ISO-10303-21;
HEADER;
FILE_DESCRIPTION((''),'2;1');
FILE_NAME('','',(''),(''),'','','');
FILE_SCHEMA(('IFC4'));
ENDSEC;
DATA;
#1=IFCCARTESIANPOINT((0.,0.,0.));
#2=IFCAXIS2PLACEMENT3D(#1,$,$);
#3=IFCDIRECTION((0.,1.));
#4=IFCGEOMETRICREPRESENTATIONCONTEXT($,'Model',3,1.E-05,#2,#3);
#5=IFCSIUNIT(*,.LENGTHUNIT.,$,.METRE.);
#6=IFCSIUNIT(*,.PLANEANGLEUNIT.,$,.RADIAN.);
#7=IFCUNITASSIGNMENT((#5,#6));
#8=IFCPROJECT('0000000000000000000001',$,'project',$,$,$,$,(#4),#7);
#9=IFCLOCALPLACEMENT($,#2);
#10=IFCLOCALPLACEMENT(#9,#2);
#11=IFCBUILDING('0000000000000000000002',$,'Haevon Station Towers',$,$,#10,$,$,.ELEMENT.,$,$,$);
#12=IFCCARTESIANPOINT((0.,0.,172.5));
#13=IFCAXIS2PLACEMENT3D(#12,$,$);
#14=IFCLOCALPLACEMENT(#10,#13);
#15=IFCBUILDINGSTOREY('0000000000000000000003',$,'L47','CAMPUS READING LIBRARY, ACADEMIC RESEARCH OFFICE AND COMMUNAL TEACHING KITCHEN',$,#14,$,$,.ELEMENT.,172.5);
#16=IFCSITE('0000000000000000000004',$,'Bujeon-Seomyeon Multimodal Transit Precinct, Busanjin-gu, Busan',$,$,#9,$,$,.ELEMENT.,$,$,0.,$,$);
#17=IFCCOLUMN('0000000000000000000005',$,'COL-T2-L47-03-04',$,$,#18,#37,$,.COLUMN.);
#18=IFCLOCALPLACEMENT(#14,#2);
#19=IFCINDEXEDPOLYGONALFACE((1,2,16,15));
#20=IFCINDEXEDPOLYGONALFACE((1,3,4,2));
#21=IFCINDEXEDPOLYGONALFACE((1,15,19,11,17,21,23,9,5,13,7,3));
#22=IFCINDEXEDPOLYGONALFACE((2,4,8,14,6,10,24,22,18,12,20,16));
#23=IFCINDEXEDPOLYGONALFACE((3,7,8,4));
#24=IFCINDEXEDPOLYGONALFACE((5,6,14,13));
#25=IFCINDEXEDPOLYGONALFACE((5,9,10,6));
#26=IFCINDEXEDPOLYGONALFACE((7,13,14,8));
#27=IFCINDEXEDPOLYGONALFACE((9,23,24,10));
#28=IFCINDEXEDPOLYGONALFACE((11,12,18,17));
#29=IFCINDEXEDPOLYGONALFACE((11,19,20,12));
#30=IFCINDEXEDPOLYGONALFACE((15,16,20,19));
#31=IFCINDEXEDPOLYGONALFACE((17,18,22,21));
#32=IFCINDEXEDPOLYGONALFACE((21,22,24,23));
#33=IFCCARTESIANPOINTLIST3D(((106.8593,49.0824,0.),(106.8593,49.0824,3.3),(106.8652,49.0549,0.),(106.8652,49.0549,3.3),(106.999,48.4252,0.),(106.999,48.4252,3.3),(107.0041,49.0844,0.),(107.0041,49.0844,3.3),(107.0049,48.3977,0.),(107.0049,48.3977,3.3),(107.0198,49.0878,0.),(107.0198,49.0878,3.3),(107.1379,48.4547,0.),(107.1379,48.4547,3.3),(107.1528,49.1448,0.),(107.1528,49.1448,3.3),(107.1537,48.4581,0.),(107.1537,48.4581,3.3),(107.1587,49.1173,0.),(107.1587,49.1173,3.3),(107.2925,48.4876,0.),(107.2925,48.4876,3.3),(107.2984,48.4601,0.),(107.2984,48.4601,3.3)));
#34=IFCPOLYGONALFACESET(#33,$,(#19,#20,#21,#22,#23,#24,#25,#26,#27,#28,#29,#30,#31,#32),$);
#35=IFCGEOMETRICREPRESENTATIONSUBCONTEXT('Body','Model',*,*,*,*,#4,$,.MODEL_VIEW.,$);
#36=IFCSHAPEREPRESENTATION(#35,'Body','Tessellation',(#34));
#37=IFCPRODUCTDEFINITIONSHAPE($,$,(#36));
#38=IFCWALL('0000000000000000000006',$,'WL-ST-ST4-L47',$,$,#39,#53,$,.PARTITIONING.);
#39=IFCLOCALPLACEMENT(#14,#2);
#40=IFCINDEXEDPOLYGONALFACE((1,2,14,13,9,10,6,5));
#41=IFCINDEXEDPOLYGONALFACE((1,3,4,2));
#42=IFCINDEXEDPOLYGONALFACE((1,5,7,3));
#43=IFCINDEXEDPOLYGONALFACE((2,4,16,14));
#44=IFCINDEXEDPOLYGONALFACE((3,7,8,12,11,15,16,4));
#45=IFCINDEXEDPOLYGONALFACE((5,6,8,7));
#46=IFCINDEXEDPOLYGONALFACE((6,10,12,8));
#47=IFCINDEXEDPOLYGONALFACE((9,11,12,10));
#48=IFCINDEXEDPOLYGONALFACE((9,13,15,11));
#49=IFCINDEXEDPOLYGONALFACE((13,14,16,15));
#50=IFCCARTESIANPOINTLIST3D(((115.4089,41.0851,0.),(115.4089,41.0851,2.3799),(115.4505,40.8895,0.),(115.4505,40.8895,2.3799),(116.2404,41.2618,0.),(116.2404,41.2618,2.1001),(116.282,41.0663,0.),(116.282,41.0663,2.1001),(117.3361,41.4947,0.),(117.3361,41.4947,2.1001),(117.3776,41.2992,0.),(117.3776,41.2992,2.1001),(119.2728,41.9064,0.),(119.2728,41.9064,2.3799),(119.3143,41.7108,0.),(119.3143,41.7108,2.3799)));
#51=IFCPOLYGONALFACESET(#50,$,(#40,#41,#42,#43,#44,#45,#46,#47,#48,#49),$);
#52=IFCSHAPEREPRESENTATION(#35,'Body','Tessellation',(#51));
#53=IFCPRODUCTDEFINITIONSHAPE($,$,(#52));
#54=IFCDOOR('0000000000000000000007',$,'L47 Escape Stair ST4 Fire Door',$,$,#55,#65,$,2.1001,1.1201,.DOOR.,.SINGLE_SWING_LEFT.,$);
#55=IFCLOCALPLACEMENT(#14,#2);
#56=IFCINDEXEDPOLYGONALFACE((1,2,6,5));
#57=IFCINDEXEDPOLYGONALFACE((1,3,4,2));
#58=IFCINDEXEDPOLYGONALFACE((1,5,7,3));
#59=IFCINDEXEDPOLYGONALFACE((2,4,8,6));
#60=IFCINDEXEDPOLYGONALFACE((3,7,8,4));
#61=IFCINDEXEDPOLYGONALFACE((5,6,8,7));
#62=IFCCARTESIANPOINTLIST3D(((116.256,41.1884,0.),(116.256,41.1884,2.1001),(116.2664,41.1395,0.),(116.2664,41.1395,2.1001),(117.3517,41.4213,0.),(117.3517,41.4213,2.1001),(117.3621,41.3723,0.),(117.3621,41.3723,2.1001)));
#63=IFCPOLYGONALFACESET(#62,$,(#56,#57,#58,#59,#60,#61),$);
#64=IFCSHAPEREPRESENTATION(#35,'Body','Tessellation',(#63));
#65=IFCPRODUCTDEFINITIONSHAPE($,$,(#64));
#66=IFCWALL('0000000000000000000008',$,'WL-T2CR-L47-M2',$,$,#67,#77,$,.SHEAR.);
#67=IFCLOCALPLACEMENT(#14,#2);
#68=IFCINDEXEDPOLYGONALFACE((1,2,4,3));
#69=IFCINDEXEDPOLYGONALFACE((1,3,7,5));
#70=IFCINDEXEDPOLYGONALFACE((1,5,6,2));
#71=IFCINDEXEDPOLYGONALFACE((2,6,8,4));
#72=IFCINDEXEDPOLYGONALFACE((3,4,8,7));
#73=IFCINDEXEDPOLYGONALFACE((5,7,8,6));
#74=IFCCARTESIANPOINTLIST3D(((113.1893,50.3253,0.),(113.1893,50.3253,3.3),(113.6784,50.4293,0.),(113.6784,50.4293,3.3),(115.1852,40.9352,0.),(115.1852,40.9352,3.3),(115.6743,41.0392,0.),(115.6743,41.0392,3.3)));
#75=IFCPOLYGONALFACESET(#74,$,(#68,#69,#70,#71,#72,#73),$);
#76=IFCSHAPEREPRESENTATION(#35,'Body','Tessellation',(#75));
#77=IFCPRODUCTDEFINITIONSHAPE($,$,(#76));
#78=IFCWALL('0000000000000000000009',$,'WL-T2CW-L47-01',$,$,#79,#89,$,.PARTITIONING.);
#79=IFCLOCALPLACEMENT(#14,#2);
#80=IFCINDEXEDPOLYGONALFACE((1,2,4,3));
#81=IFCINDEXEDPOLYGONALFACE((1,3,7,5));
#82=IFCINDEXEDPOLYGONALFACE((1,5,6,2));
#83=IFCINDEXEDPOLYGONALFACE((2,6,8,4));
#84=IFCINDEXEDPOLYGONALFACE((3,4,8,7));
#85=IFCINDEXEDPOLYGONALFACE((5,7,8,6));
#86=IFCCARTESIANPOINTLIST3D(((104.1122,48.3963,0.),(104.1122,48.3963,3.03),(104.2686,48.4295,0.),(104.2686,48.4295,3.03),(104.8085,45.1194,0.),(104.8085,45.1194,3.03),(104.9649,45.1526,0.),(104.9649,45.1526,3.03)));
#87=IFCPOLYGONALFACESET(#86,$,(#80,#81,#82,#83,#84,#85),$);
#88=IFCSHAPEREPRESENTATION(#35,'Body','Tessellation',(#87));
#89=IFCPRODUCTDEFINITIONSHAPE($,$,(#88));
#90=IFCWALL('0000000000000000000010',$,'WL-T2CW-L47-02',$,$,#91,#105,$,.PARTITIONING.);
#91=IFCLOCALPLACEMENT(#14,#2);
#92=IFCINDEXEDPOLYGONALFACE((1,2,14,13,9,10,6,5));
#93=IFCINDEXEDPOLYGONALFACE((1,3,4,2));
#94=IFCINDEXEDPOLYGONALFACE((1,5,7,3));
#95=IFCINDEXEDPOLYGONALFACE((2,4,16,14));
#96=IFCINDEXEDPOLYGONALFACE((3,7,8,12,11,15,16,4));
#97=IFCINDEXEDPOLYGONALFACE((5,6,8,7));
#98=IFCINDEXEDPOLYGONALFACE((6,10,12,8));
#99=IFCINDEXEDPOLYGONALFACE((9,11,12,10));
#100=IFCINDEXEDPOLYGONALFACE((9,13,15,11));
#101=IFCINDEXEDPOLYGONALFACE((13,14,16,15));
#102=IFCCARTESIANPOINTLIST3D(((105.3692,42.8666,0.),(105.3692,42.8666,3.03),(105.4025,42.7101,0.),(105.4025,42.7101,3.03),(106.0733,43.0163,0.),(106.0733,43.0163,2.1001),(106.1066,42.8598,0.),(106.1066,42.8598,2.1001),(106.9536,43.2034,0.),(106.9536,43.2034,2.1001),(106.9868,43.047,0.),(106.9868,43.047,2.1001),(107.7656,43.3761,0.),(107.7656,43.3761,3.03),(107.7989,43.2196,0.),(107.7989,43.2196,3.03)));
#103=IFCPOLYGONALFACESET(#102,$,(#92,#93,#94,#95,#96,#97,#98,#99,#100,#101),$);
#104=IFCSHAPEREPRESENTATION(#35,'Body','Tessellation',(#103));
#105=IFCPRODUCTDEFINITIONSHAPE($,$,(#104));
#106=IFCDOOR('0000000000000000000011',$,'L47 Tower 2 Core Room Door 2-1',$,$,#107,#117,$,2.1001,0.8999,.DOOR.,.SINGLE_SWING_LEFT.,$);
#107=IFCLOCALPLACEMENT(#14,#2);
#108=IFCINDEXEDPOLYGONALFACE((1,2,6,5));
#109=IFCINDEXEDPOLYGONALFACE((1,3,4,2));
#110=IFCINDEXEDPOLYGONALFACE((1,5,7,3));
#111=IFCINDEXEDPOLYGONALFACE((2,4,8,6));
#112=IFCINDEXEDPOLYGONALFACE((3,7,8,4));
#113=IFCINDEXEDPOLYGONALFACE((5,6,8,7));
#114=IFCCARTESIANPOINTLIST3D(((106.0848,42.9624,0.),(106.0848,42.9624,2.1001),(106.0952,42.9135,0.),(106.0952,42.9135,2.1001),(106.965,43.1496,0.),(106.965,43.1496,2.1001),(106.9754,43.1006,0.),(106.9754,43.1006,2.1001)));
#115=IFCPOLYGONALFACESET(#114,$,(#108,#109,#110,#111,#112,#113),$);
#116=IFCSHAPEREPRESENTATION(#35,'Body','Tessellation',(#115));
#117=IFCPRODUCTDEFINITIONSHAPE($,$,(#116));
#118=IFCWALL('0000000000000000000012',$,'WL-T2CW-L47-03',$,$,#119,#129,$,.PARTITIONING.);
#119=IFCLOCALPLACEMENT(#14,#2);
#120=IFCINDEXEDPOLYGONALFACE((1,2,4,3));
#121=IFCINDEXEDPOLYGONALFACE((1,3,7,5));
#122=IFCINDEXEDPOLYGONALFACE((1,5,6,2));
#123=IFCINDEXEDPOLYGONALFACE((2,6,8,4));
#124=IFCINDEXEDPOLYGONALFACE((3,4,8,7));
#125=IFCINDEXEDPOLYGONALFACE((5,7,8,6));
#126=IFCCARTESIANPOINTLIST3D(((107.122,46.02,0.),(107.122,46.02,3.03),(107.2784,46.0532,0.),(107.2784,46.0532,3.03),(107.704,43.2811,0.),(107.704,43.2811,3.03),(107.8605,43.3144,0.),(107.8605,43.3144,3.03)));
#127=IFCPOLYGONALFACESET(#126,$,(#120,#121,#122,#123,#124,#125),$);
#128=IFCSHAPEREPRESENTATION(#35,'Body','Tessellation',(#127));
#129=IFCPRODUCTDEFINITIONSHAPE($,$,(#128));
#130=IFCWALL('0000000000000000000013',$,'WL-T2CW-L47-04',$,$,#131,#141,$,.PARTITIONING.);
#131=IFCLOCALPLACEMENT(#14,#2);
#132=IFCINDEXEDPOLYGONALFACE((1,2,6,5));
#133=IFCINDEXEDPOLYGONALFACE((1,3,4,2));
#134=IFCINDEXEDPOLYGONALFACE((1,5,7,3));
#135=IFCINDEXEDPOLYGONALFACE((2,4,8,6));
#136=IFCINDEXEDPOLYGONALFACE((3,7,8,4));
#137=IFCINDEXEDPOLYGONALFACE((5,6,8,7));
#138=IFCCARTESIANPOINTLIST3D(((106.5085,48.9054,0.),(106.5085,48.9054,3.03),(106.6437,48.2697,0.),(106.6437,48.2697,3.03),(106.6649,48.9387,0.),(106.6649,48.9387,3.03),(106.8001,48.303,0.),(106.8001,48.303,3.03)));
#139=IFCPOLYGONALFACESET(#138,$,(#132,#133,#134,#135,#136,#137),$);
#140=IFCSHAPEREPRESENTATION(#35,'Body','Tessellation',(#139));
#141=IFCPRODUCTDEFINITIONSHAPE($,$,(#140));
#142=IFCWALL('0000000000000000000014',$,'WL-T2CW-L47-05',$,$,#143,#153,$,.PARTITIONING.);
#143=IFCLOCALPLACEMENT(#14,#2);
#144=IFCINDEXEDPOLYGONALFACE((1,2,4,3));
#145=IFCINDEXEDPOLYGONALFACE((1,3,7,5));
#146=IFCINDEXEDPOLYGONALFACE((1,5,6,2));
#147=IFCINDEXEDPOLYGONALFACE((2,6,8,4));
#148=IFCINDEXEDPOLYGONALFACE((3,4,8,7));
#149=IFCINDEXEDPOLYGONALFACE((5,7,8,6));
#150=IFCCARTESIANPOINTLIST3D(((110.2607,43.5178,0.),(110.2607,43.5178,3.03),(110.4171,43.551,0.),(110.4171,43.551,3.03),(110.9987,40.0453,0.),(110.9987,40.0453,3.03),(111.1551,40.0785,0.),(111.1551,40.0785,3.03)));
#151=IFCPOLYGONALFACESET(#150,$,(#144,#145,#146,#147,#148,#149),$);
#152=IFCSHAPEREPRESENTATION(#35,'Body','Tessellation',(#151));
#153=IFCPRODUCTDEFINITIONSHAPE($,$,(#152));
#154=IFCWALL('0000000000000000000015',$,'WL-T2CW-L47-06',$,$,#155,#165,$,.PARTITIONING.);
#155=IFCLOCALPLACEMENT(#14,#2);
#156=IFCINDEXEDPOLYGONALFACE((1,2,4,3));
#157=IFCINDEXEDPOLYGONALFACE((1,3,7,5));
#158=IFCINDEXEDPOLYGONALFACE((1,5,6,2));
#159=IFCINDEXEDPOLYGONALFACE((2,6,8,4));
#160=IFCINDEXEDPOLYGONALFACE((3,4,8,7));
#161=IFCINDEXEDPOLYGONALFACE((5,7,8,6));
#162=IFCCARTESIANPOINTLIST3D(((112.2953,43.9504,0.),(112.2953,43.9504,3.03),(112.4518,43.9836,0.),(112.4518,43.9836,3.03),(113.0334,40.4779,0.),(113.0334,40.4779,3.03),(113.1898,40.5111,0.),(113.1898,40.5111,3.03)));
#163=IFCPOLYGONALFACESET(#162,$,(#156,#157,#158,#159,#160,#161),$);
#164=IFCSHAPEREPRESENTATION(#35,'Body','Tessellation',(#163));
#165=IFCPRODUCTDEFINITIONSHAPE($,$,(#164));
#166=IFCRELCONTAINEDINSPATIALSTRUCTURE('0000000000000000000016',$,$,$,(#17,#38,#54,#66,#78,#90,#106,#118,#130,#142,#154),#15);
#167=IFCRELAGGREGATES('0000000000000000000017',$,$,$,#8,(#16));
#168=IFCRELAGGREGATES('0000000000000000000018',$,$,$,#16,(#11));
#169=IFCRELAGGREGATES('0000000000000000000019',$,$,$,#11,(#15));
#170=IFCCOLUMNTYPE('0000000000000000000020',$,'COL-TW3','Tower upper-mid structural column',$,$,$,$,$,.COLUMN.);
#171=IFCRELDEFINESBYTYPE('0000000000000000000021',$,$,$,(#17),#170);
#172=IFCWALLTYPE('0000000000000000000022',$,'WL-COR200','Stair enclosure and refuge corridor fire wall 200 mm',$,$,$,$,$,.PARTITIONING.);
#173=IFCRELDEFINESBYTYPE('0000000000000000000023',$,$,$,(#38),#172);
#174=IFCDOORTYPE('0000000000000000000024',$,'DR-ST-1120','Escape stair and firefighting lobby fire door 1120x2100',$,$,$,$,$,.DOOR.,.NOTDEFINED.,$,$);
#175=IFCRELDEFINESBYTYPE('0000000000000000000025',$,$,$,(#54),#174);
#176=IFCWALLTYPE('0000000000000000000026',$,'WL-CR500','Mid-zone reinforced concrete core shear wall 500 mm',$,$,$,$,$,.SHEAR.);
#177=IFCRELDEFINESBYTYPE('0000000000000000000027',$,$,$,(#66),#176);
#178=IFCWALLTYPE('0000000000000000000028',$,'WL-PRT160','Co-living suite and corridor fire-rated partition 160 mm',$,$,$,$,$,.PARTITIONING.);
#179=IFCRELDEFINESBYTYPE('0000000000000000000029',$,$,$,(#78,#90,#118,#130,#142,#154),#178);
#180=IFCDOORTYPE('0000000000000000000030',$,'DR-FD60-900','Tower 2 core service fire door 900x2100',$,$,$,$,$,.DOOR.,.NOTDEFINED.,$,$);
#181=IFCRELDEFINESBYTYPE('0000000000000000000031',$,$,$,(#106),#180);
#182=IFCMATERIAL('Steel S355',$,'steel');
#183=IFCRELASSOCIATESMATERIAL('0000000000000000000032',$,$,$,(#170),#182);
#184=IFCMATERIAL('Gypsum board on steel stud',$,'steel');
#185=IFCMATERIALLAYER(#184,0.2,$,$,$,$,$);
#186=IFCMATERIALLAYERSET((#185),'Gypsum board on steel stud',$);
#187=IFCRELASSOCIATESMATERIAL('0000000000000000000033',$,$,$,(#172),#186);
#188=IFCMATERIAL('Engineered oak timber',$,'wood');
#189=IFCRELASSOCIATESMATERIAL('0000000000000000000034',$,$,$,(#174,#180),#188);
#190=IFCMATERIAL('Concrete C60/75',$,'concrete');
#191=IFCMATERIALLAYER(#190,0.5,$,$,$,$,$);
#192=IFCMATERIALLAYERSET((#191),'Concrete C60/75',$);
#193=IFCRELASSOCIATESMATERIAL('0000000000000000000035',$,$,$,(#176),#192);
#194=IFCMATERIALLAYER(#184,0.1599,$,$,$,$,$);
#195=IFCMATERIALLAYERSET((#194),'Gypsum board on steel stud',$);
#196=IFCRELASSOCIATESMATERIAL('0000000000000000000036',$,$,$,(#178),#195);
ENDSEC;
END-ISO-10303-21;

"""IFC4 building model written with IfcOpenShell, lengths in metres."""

from ifc_helpers import new_model, si_unit, direction, frame, frame_2d, origin, origin_2d, place, context, subcontext, project, spatial, rectangle, i_section, extrude, material, layer, layer_set, material_profile, profile_set, type_object, element, fill, save


model = new_model("IFC4")

# Units and contexts
model_context = context("Model", 3, precision=1e-05, world=origin(), true_north=direction((0.0, 1.0)))
body_context = subcontext(model_context, "Body", "Model", "MODEL_VIEW")
ifc_project = project(units=[si_unit("LENGTHUNIT", "METRE"), si_unit("PLANEANGLEUNIT", "RADIAN")], contexts=[model_context])

# Site, building, storey
site_placement = place(None, origin())
site = spatial("IfcSite", under=ifc_project, at=site_placement, Name="Bujeon-Seomyeon Multimodal Transit Precinct, Busanjin-gu, Busan", CompositionType="ELEMENT", RefElevation=0.0)
building_placement = place(site_placement, origin())
building = spatial("IfcBuilding", under=site, at=building_placement, Name="Haevon Station Towers", CompositionType="ELEMENT")
storey_placement = place(building_placement, frame((0.0, 0.0, 172.5)))
storey = spatial("IfcBuildingStorey", under=building, at=storey_placement, Name="L47", Description="CAMPUS READING LIBRARY, ACADEMIC RESEARCH OFFICE AND COMMUNAL TEACHING KITCHEN", CompositionType="ELEMENT", Elevation=172.5)

# Column
ifc_material_1 = material(Name="Steel S355", Category="steel")
ifc_material_profile = material_profile(ifc_material_1, i_section(OverallWidth=0.3, OverallDepth=0.7, WebThickness=0.0161, FlangeThickness=0.0281, at=origin_2d()), Name="H-700x300x16x28")
ifc_profile_set = profile_set([ifc_material_profile], Name="Steel S355")
column_type = type_object("IfcColumnType", Name="COL-TW3", Description="Tower upper-mid structural column", PredefinedType="COLUMN", material=ifc_profile_set)
column_placement = place(storey_placement, frame((107.0789, 48.7712, 0.0), z_axis=(0.0, 0.0, 1.0), x_axis=(0.978148, 0.207912, 0.0)))
element("IfcColumn", 1, at=column_placement, inside=storey, type_object=column_type, Name="COL-T2-L47-03-04", PredefinedType="COLUMN", context=body_context, shape_type="SweptSolid", body=[
    extrude(i_section(OverallWidth=0.3, OverallDepth=0.7, WebThickness=0.0161, FlangeThickness=0.0281, at=origin_2d()), origin(), (0.0, 0.0, 1.0), 3.3),
])

# Wall, opening, door
ifc_material_2 = material(Name="Gypsum board on steel stud", Category="steel")
ifc_layer_1 = layer(ifc_material_2, 0.2)
ifc_layer_set_1 = layer_set([ifc_layer_1], Name="Gypsum board on steel stud")
wall_type_1 = type_object("IfcWallType", Name="WL-COR200", Description="Stair enclosure and refuge corridor fire wall 200 mm", PredefinedType="PARTITIONING", material=ifc_layer_set_1)
wall_1_placement = place(storey_placement, frame((115.4297, 40.9873, 0.0), z_axis=(0.0, 0.0, 1.0), x_axis=(0.978147, 0.207916, 0.0)))
wall_1 = element("IfcWall", 2, at=wall_1_placement, inside=storey, type_object=wall_type_1, Name="WL-ST-ST4-L47", PredefinedType="PARTITIONING", context=body_context, shape_type="SweptSolid", body=[
    extrude(rectangle(XDim=3.9502, YDim=0.2, at=frame_2d((1.9751, 0.0))), origin(), (0.0, 0.0, 1.0), 2.3799),
])
opening_1_placement = place(wall_1_placement, frame((0.8501, 0.0, 0.0)))
opening_1 = element("IfcOpeningElement", 3, at=opening_1_placement, cuts=wall_1, PredefinedType="OPENING", context=body_context, shape_type="SweptSolid", body=[
    extrude(rectangle(XDim=1.1201, YDim=2.1001, at=frame_2d((0.5601, 1.05))), frame((0.0, 0.1099, 0.0), z_axis=(0.0, -1.0, 0.0), x_axis=(1.0, 0.0, 0.0)), (0.0, 0.0, 1.0), 0.22),
])
ifc_material_3 = material(Name="Engineered oak timber", Category="wood")
door_type_1 = type_object("IfcDoorType", Name="DR-ST-1120", Description="Escape stair and firefighting lobby fire door 1120x2100", OperationType="NOTDEFINED", PredefinedType="DOOR", material=ifc_material_3)
door_1_placement = place(opening_1_placement, origin())
door_1 = element("IfcDoor", 4, at=door_1_placement, inside=storey, type_object=door_type_1, Name="L47 Escape Stair ST4 Fire Door", OperationType="SINGLE_SWING_LEFT", OverallHeight=2.1001, OverallWidth=1.1201, PredefinedType="DOOR", context=body_context, shape_type="SweptSolid", body=[
    extrude(rectangle(XDim=1.1201, YDim=2.1001, at=frame_2d((0.5601, 1.05))), frame((0.0, 0.0249, 0.0), z_axis=(0.0, -1.0, 0.0), x_axis=(1.0, 0.0, 0.0)), (0.0, 0.0, 1.0), 0.05),
])
fill(opening_1, door_1)

# Walls
ifc_material_4 = material(Name="Concrete C60/75", Category="concrete")
ifc_layer_2 = layer(ifc_material_4, 0.5)
ifc_layer_set_2 = layer_set([ifc_layer_2], Name="Concrete C60/75")
wall_type_2 = type_object("IfcWallType", Name="WL-CR500", Description="Mid-zone reinforced concrete core shear wall 500 mm", PredefinedType="SHEAR", material=ifc_layer_set_2)
wall_2_placement = place(storey_placement, frame((115.4297, 40.9873, 0.0), z_axis=(0.0, 0.0, 1.0), x_axis=(-0.207903, 0.978149, 0.0)))
element("IfcWall", 5, at=wall_2_placement, inside=storey, type_object=wall_type_2, Name="WL-T2CR-L47-M2", PredefinedType="SHEAR", context=body_context, shape_type="SweptSolid", body=[
    extrude(rectangle(XDim=9.5999, YDim=0.5, at=frame_2d((4.7998, 0.0))), origin(), (0.0, 0.0, 1.0), 3.3),
])
ifc_layer_3 = layer(ifc_material_2, 0.1599)
ifc_layer_set_3 = layer_set([ifc_layer_3], Name="Gypsum board on steel stud")
wall_type_3 = type_object("IfcWallType", Name="WL-PRT160", Description="Co-living suite and corridor fire-rated partition 160 mm", PredefinedType="PARTITIONING", material=ifc_layer_set_3)
wall_3_placement = place(storey_placement, frame((104.8867, 45.136, 0.0), z_axis=(0.0, 0.0, 1.0), x_axis=(-0.207847, 0.978161, 0.0)))
element("IfcWall", 6, at=wall_3_placement, inside=storey, type_object=wall_type_3, Name="WL-T2CW-L47-01", PredefinedType="PARTITIONING", context=body_context, shape_type="SweptSolid", body=[
    extrude(rectangle(XDim=3.3501, YDim=0.1599, at=frame_2d((1.675, 0.0))), origin(), (0.0, 0.0, 1.0), 3.03),
])

# Wall, opening, door
wall_4_placement = place(storey_placement, frame((105.3857, 42.7883, 0.0), z_axis=(0.0, 0.0, 1.0), x_axis=(0.978137, 0.207964, 0.0)))
wall_4 = element("IfcWall", 7, at=wall_4_placement, inside=storey, type_object=wall_type_3, Name="WL-T2CW-L47-02", PredefinedType="PARTITIONING", context=body_context, shape_type="SweptSolid", body=[
    extrude(rectangle(XDim=2.45, YDim=0.1599, at=frame_2d((1.2251, 0.0))), origin(), (0.0, 0.0, 1.0), 3.03),
])
opening_2_placement = place(wall_4_placement, frame((0.72, 0.0, 0.0)))
opening_2 = element("IfcOpeningElement", 8, at=opening_2_placement, cuts=wall_4, PredefinedType="OPENING", context=body_context, shape_type="SweptSolid", body=[
    extrude(rectangle(XDim=0.8999, YDim=2.1001, at=frame_2d((0.45, 1.05))), frame((0.0, 0.0898, 0.0), z_axis=(0.0, -1.0, 0.0), x_axis=(1.0, 0.0, 0.0)), (0.0, 0.0, 1.0), 0.1799),
])
door_type_2 = type_object("IfcDoorType", Name="DR-FD60-900", Description="Tower 2 core service fire door 900x2100", OperationType="NOTDEFINED", PredefinedType="DOOR", material=ifc_material_3)
door_2_placement = place(opening_2_placement, origin())
door_2 = element("IfcDoor", 9, at=door_2_placement, inside=storey, type_object=door_type_2, Name="L47 Tower 2 Core Room Door 2-1", OperationType="SINGLE_SWING_LEFT", OverallHeight=2.1001, OverallWidth=0.8999, PredefinedType="DOOR", context=body_context, shape_type="SweptSolid", body=[
    extrude(rectangle(XDim=0.8999, YDim=2.1001, at=frame_2d((0.45, 1.05))), frame((0.0, 0.0249, 0.0), z_axis=(0.0, -1.0, 0.0), x_axis=(1.0, 0.0, 0.0)), (0.0, 0.0, 1.0), 0.05),
])
fill(opening_2, door_2)

# Walls
wall_5_placement = place(storey_placement, frame((107.7822, 43.2979, 0.0), z_axis=(0.0, 0.0, 1.0), x_axis=(-0.207873, 0.978156, 0.0)))
element("IfcWall", 10, at=wall_5_placement, inside=storey, type_object=wall_type_3, Name="WL-T2CW-L47-03", PredefinedType="PARTITIONING", context=body_context, shape_type="SweptSolid", body=[
    extrude(rectangle(XDim=2.8, YDim=0.1599, at=frame_2d((1.3999, 0.0))), origin(), (0.0, 0.0, 1.0), 3.03),
])
wall_6_placement = place(storey_placement, frame((106.7219, 48.2864, 0.0), z_axis=(0.0, 0.0, 1.0), x_axis=(-0.208092, 0.978109, 0.0)))
element("IfcWall", 11, at=wall_6_placement, inside=storey, type_object=wall_type_3, Name="WL-T2CW-L47-04", PredefinedType="PARTITIONING", context=body_context, shape_type="SweptSolid", body=[
    extrude(rectangle(XDim=0.6499, YDim=0.1599, at=frame_2d((0.325, 0.0))), origin(), (0.0, 0.0, 1.0), 3.03),
])
for number, where, z_axis, x_axis, name in (
    (12, (111.0769, 40.062, 0.0), (0.0, 0.0, 1.0), (-0.207899, 0.97815, 0.0), "WL-T2CW-L47-05"),
    (13, (113.1116, 40.4946, 0.0), (0.0, 0.0, 1.0), (-0.207899, 0.97815, 0.0), "WL-T2CW-L47-06"),
):
    element("IfcWall", number, at=place(storey_placement, frame(where, z_axis=z_axis, x_axis=x_axis)), inside=storey, type_object=wall_type_3, Name=name, PredefinedType="PARTITIONING", context=body_context, shape_type="SweptSolid", body=[
        extrude(rectangle(XDim=3.55, YDim=0.1599, at=frame_2d((1.7749, 0.0))), origin(), (0.0, 0.0, 1.0), 3.03),
    ])

save(model, "model.ifc")
